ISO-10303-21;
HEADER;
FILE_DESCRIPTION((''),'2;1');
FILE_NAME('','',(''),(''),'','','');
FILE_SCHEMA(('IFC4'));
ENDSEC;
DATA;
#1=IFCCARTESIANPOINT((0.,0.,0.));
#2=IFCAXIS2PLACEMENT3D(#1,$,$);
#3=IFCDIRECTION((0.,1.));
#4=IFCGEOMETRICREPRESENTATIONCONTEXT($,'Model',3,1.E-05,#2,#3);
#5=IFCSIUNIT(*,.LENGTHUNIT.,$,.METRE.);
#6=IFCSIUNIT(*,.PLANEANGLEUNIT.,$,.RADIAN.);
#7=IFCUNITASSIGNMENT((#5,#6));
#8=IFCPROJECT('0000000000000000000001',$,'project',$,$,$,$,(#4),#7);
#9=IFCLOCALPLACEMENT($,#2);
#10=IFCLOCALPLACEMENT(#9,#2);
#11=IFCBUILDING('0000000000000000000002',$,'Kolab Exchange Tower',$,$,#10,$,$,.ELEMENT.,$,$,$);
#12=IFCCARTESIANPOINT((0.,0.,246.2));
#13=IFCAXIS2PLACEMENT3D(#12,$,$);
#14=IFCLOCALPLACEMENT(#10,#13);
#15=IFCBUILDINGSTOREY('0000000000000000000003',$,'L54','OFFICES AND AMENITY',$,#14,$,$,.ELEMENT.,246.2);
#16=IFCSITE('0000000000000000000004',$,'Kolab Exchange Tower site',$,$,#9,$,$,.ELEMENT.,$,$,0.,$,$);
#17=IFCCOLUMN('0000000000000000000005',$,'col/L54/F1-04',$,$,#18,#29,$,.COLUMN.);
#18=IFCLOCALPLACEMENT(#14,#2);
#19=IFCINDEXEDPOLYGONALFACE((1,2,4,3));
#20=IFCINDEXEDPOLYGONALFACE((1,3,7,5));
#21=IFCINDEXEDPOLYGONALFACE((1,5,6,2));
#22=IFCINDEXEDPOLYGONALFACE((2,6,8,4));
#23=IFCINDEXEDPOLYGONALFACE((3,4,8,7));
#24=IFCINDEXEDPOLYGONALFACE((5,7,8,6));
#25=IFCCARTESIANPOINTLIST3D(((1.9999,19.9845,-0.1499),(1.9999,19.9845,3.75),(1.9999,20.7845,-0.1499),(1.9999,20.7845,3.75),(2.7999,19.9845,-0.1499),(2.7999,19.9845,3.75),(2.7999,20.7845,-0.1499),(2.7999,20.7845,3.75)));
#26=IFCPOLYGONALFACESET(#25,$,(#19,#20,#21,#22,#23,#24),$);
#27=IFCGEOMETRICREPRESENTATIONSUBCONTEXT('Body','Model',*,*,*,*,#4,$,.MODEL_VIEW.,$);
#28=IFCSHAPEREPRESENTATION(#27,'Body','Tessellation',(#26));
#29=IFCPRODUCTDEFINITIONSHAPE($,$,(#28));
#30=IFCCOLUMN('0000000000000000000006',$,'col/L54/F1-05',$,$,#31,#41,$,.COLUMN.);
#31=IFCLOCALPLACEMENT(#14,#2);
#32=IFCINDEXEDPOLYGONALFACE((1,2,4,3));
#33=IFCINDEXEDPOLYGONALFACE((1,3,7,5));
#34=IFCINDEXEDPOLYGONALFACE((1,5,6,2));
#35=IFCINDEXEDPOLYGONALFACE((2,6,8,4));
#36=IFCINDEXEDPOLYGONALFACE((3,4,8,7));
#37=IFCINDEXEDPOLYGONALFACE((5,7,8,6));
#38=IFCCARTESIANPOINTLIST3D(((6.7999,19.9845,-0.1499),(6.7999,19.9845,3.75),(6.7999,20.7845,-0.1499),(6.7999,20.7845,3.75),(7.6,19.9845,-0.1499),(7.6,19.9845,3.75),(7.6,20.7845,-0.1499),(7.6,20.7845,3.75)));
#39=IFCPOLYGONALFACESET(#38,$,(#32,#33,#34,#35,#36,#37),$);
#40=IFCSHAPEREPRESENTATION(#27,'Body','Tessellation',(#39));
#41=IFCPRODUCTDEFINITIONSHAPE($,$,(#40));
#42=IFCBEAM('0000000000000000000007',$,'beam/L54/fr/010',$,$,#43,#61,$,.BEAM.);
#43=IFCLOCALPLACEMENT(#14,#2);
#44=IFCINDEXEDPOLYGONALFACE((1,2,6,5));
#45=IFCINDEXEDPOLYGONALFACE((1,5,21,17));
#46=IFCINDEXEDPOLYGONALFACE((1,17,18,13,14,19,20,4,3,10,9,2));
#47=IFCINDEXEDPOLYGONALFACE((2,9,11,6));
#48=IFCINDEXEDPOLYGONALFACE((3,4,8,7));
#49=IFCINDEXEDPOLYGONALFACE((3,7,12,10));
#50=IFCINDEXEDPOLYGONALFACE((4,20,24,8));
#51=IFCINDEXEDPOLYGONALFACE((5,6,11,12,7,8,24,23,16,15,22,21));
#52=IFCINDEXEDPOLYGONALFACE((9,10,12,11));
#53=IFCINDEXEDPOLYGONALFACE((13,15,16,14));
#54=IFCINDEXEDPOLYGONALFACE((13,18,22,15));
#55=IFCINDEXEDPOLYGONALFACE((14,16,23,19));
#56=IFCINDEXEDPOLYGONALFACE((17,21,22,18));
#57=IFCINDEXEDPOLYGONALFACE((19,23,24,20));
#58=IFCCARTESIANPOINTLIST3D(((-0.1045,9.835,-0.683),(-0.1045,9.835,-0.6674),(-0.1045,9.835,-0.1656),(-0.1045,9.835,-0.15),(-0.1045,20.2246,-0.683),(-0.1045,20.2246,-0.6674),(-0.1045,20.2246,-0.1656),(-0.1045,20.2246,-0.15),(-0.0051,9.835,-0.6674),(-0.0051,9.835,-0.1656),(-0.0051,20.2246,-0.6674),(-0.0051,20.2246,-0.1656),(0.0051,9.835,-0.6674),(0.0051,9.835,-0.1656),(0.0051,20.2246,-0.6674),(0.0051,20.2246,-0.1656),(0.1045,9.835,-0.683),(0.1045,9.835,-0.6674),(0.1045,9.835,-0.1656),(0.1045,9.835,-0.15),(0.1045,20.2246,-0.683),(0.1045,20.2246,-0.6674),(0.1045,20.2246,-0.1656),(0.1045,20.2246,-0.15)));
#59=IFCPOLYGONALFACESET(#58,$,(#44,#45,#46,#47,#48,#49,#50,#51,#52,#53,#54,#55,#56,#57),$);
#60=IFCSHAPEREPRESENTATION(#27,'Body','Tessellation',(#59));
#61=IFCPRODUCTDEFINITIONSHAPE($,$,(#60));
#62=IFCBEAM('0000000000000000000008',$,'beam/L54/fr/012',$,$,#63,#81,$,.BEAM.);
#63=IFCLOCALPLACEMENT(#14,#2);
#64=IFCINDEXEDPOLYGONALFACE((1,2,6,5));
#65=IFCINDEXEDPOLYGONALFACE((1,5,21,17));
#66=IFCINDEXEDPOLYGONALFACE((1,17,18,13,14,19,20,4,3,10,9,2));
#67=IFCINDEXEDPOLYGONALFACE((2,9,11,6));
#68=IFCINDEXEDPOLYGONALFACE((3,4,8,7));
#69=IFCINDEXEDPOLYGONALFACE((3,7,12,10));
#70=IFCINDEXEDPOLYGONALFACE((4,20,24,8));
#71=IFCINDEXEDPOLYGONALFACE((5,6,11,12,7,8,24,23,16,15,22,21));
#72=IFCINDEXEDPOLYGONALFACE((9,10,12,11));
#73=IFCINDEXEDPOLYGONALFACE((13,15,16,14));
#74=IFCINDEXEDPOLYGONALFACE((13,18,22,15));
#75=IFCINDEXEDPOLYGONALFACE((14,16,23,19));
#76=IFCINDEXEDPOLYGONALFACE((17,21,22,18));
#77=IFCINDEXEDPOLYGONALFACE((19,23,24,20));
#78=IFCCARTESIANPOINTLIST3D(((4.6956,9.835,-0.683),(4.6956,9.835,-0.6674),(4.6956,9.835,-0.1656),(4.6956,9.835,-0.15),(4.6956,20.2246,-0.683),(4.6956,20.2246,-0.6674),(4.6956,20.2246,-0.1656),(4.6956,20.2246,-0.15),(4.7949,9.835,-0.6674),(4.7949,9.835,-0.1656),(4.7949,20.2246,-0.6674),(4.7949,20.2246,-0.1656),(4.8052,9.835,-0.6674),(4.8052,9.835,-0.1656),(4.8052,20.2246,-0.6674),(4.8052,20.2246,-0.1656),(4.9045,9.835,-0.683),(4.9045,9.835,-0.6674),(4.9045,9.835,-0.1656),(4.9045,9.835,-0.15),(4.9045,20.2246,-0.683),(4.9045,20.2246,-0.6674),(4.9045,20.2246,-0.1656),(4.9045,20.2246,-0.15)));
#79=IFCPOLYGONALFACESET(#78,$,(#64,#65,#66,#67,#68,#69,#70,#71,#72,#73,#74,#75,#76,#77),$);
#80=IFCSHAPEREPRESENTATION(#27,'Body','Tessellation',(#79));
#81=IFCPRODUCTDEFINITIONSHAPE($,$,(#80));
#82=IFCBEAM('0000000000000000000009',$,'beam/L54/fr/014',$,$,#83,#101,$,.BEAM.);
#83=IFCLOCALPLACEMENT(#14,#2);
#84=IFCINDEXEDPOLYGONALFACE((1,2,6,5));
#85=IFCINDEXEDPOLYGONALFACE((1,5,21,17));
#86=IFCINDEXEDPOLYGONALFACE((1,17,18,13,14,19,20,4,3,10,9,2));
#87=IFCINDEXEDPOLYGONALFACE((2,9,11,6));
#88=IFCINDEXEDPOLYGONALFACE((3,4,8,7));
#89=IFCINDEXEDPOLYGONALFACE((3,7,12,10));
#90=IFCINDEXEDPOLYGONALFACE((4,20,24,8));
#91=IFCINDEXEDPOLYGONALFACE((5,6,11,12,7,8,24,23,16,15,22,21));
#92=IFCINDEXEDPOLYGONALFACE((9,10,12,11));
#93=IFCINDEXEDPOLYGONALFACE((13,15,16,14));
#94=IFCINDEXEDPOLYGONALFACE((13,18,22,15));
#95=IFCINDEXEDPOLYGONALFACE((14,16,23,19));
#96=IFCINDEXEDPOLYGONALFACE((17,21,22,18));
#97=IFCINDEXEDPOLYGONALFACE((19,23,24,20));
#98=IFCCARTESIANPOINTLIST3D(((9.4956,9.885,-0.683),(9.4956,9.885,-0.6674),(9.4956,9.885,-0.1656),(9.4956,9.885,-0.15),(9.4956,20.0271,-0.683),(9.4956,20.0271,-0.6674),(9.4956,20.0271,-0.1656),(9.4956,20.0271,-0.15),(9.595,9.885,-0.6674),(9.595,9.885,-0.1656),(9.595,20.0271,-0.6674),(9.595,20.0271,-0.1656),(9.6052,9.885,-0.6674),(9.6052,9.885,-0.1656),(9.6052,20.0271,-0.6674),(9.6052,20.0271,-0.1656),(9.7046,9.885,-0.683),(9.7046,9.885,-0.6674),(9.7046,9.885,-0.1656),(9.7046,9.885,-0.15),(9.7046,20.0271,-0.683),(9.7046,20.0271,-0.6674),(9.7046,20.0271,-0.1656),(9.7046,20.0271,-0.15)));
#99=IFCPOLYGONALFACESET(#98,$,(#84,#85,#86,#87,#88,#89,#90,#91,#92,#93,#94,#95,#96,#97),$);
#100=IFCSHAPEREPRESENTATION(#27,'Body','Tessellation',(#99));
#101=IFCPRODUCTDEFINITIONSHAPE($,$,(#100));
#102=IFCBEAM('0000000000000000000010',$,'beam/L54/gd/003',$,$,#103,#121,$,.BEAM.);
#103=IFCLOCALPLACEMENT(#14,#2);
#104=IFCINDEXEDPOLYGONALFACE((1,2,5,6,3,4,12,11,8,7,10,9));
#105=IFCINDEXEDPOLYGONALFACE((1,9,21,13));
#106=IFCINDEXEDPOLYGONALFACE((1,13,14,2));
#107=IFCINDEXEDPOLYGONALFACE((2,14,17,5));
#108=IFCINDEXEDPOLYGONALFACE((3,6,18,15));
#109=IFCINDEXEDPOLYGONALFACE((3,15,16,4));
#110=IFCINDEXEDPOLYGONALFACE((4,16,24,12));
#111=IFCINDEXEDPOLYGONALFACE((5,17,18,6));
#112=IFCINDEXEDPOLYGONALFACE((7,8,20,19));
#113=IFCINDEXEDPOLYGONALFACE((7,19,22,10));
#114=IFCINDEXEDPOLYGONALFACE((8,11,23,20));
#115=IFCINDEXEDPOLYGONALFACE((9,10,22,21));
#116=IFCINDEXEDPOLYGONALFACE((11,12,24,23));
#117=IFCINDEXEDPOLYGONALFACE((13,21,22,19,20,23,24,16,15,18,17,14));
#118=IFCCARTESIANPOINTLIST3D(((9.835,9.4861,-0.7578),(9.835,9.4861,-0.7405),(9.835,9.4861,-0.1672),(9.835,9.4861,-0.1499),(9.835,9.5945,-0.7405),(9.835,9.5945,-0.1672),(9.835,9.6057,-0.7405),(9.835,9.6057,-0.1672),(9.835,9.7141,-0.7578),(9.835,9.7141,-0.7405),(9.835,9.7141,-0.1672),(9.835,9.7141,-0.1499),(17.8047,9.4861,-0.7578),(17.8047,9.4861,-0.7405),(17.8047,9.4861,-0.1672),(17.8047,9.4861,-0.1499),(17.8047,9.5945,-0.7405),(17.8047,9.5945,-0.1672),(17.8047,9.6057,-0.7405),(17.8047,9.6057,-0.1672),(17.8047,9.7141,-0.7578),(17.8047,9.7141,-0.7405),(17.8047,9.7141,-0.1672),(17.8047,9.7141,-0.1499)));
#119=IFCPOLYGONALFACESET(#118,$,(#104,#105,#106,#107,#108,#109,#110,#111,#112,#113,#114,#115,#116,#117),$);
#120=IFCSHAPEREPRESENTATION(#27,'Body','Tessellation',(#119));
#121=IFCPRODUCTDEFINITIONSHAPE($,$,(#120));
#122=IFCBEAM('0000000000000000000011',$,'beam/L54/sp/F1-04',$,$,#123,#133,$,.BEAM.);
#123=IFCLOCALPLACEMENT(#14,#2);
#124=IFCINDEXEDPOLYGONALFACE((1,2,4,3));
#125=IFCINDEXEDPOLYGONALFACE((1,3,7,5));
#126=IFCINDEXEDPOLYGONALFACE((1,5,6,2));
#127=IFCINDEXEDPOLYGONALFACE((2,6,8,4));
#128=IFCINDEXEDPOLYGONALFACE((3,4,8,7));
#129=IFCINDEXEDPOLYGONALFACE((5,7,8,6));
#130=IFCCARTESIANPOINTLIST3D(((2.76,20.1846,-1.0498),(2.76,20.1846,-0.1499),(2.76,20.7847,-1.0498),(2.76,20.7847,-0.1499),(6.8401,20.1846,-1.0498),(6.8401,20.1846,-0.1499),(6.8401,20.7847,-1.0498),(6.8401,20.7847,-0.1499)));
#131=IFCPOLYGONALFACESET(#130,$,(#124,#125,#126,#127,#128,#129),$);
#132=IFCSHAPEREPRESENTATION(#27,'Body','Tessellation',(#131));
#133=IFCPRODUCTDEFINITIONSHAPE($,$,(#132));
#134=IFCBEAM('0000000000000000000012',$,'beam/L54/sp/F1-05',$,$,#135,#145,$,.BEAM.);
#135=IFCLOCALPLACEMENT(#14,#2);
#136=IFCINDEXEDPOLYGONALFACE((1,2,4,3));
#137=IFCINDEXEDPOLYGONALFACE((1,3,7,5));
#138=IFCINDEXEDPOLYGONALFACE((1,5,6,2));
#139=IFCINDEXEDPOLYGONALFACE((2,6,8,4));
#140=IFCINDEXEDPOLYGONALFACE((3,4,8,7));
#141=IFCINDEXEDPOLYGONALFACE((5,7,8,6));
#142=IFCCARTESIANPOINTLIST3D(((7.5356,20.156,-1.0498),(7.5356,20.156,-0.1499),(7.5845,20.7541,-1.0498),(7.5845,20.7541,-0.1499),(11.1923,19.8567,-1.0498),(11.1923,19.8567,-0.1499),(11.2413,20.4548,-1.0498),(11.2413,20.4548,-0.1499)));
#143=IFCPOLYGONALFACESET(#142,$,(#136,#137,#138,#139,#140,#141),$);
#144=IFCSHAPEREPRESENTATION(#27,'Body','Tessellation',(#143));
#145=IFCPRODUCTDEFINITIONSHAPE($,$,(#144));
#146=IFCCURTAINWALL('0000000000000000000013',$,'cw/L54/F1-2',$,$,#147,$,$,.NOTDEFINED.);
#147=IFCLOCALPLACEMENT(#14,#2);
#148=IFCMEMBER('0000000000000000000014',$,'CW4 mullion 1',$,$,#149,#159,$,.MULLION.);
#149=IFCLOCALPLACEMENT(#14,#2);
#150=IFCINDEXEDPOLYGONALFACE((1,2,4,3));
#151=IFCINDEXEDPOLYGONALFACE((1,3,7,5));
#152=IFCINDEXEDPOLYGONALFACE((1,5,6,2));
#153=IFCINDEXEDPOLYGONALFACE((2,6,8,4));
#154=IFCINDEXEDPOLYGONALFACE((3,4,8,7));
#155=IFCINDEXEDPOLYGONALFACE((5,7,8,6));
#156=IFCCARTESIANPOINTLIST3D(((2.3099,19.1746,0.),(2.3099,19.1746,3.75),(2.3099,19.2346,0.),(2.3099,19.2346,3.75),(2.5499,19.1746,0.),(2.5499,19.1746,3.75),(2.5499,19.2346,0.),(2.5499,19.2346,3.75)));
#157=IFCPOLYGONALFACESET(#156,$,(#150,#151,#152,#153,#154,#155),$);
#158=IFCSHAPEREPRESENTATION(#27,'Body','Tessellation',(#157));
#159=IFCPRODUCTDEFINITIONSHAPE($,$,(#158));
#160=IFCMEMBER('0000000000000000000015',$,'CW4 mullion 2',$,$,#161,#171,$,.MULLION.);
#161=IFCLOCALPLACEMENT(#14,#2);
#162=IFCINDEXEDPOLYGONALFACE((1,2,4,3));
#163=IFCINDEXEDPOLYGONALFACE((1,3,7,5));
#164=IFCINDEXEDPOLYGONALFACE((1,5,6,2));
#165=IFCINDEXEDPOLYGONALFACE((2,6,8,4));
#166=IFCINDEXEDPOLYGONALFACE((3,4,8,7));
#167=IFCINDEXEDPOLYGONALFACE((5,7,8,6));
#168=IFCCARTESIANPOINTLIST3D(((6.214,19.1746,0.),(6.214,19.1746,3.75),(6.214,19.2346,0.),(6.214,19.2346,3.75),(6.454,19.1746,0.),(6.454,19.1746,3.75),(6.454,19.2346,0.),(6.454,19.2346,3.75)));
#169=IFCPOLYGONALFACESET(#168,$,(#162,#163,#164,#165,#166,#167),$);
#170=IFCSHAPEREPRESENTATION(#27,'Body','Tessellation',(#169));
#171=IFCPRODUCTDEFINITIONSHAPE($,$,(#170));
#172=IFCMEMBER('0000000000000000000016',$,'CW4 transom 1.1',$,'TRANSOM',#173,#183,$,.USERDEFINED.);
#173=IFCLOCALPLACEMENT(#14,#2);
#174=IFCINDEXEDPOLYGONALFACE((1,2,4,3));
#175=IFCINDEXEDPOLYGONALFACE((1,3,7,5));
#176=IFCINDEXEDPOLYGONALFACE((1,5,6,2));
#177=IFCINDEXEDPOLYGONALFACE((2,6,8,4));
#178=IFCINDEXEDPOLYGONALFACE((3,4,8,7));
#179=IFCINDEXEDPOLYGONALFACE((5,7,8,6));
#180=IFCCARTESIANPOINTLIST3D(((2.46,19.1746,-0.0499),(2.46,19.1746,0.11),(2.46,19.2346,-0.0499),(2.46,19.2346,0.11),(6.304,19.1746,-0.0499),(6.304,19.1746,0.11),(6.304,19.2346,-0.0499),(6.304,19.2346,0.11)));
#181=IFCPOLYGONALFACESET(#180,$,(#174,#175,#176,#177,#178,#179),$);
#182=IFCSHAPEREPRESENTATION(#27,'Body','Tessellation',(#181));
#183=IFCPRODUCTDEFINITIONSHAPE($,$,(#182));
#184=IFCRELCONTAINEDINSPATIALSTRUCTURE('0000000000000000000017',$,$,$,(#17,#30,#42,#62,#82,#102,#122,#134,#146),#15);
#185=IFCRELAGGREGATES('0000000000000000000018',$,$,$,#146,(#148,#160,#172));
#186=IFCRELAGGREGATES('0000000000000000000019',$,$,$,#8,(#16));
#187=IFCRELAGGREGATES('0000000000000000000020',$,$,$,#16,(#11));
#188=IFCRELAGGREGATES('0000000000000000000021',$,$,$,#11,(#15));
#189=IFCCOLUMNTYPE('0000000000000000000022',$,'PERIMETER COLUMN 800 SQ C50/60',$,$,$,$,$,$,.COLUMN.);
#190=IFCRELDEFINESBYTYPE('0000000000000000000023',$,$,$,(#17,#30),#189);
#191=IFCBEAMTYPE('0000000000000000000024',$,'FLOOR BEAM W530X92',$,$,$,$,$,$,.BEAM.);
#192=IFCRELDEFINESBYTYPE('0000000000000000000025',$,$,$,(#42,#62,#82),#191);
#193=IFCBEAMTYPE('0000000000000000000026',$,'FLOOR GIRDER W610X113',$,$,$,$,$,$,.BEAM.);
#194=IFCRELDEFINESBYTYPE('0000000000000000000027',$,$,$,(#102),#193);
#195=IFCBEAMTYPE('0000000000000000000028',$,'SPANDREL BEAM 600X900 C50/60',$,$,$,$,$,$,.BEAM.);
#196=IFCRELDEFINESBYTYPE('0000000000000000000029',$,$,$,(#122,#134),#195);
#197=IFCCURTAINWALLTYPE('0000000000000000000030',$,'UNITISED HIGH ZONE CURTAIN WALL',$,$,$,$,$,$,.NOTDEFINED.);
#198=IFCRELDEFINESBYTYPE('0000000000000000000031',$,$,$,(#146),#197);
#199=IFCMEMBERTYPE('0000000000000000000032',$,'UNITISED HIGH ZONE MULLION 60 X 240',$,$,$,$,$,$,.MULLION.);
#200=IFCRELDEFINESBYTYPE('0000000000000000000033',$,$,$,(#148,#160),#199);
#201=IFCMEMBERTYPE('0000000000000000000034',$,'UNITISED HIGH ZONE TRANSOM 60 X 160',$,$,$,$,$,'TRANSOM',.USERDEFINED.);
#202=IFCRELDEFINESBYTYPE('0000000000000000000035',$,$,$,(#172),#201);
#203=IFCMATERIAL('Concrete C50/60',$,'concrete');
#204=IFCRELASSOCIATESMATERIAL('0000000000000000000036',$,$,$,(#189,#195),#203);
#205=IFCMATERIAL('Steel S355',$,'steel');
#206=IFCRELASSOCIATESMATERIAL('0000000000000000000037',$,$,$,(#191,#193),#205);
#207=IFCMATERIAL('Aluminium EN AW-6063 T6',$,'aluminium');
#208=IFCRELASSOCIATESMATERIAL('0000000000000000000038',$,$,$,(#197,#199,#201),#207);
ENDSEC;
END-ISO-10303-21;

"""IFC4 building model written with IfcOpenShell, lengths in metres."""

from ifc_helpers import new_model, si_unit, direction, frame, origin, origin_2d, place, context, subcontext, project, spatial, rectangle, i_section, extrude, material, material_profile, profile_set, type_object, element, aggregate, save


model = new_model("IFC4")

# Units and contexts
model_context = context("Model", 3, precision=1e-05, world=origin(), true_north=direction((0.0, 1.0)))
body_context = subcontext(model_context, "Body", "Model", "MODEL_VIEW")
ifc_project = project(units=[si_unit("LENGTHUNIT", "METRE"), si_unit("PLANEANGLEUNIT", "RADIAN")], contexts=[model_context])

# Site, building, storey
site_placement = place(None, origin())
site = spatial("IfcSite", under=ifc_project, at=site_placement, Name="Kolab Exchange Tower site", CompositionType="ELEMENT", RefElevation=0.0)
building_placement = place(site_placement, origin())
building = spatial("IfcBuilding", under=site, at=building_placement, Name="Kolab Exchange Tower", CompositionType="ELEMENT")
storey_placement = place(building_placement, frame((0.0, 0.0, 246.2)))
storey = spatial("IfcBuildingStorey", under=building, at=storey_placement, Name="L54", Description="OFFICES AND AMENITY", CompositionType="ELEMENT", Elevation=246.2)

# Columns
ifc_material_1 = material(Name="Concrete C50/60", Category="concrete")
ifc_material_profile_1 = material_profile(ifc_material_1, rectangle(XDim=0.8, YDim=0.8, at=origin_2d()), Name="RC800")
ifc_profile_set_1 = profile_set([ifc_material_profile_1], Name="Concrete C50/60")
column_type = type_object("IfcColumnType", Name="PERIMETER COLUMN 800 SQ C50/60", PredefinedType="COLUMN", material=ifc_profile_set_1)
for number, where, z_axis, x_axis, name in (
    (1, (2.3999, 20.3845, -0.1499), (0.0, 0.0, 1.0), (1.0, 0.0, 0.0), "col/L54/F1-04"),
    (2, (7.2, 20.3845, -0.1499), (0.0, 0.0, 1.0), (1.0, 0.0, 0.0), "col/L54/F1-05"),
):
    element("IfcColumn", number, at=place(storey_placement, frame(where, z_axis=z_axis, x_axis=x_axis)), inside=storey, type_object=column_type, Name=name, PredefinedType="COLUMN", context=body_context, shape_type="SweptSolid", body=[
        extrude(rectangle(XDim=0.8, YDim=0.8, at=origin_2d()), origin(), (0.0, 0.0, 1.0), 3.8999),
    ])

# Beams
ifc_material_2 = material(Name="Steel S355", Category="steel")
ifc_material_profile_2 = material_profile(ifc_material_2, i_section(OverallWidth=0.209, OverallDepth=0.533, WebThickness=0.0103, FlangeThickness=0.0156, at=origin_2d()), Name="W530X92")
ifc_profile_set_2 = profile_set([ifc_material_profile_2], Name="Steel S355")
beam_type_1 = type_object("IfcBeamType", Name="FLOOR BEAM W530X92", PredefinedType="BEAM", material=ifc_profile_set_2)
for number, where, z_axis, x_axis, name in (
    (3, (0.0, 9.835, -0.4165), (0.0, 1.0, 0.0), (-1.0, 0.0, 0.0), "beam/L54/fr/010"),
    (4, (4.8, 9.835, -0.4165), (0.0, 1.0, 0.0), (-1.0, 0.0, 0.0), "beam/L54/fr/012"),
):
    element("IfcBeam", number, at=place(storey_placement, frame(where, z_axis=z_axis, x_axis=x_axis)), inside=storey, type_object=beam_type_1, Name=name, PredefinedType="BEAM", context=body_context, shape_type="SweptSolid", body=[
        extrude(i_section(OverallWidth=0.209, OverallDepth=0.533, WebThickness=0.0103, FlangeThickness=0.0156, at=origin_2d()), origin(), (0.0, 0.0, 1.0), 10.3896),
    ])
beam_1_placement = place(storey_placement, frame((9.6001, 9.885, -0.4165), z_axis=(0.0, 1.0, 0.0), x_axis=(-1.0, 0.0, 0.0)))
element("IfcBeam", 5, at=beam_1_placement, inside=storey, type_object=beam_type_1, Name="beam/L54/fr/014", PredefinedType="BEAM", context=body_context, shape_type="SweptSolid", body=[
    extrude(i_section(OverallWidth=0.209, OverallDepth=0.533, WebThickness=0.0103, FlangeThickness=0.0156, at=origin_2d()), origin(), (0.0, 0.0, 1.0), 10.1421),
])
ifc_material_profile_3 = material_profile(ifc_material_2, i_section(OverallWidth=0.228, OverallDepth=0.6079, WebThickness=0.0112, FlangeThickness=0.0173, at=origin_2d()), Name="W610X113")
ifc_profile_set_3 = profile_set([ifc_material_profile_3], Name="Steel S355")
beam_type_2 = type_object("IfcBeamType", Name="FLOOR GIRDER W610X113", PredefinedType="BEAM", material=ifc_profile_set_3)
beam_2_placement = place(storey_placement, frame((9.835, 9.6001, -0.4539), z_axis=(1.0, 0.0, 0.0), x_axis=(0.0, 1.0, 0.0)))
element("IfcBeam", 6, at=beam_2_placement, inside=storey, type_object=beam_type_2, Name="beam/L54/gd/003", PredefinedType="BEAM", context=body_context, shape_type="SweptSolid", body=[
    extrude(i_section(OverallWidth=0.228, OverallDepth=0.6079, WebThickness=0.0112, FlangeThickness=0.0173, at=origin_2d()), origin(), (0.0, 0.0, 1.0), 7.9697),
])
ifc_material_profile_4 = material_profile(ifc_material_1, rectangle(XDim=0.6001, YDim=0.8999, at=origin_2d()), Name="RC600X900")
ifc_profile_set_4 = profile_set([ifc_material_profile_4], Name="Concrete C50/60")
beam_type_3 = type_object("IfcBeamType", Name="SPANDREL BEAM 600X900 C50/60", PredefinedType="BEAM", material=ifc_profile_set_4)
beam_3_placement = place(storey_placement, frame((2.76, 20.4846, -0.5999), z_axis=(1.0, 0.0, 0.0), x_axis=(0.0, 1.0, 0.0)))
element("IfcBeam", 7, at=beam_3_placement, inside=storey, type_object=beam_type_3, Name="beam/L54/sp/F1-04", PredefinedType="BEAM", context=body_context, shape_type="SweptSolid", body=[
    extrude(rectangle(XDim=0.6001, YDim=0.8999, at=origin_2d()), origin(), (0.0, 0.0, 1.0), 4.0801),
])
beam_4_placement = place(storey_placement, frame((7.5601, 20.4551, -0.5999), z_axis=(0.996667, -0.081581, 0.0), x_axis=(0.081581, 0.996667, 0.0)))
element("IfcBeam", 8, at=beam_4_placement, inside=storey, type_object=beam_type_3, Name="beam/L54/sp/F1-05", PredefinedType="BEAM", context=body_context, shape_type="SweptSolid", body=[
    extrude(rectangle(XDim=0.6001, YDim=0.8999, at=origin_2d()), origin(), (0.0, 0.0, 1.0), 3.6689),
])

# Curtain wall, members
ifc_material_3 = material(Name="Aluminium EN AW-6063 T6", Category="aluminium")
curtain_wall_type = type_object("IfcCurtainWallType", Name="UNITISED HIGH ZONE CURTAIN WALL", PredefinedType="NOTDEFINED", material=ifc_material_3)
curtain_wall_placement = place(storey_placement, origin())
curtain_wall = element("IfcCurtainWall", 9, at=curtain_wall_placement, inside=storey, type_object=curtain_wall_type, Name="cw/L54/F1-2", PredefinedType="NOTDEFINED")
ifc_material_profile_5 = material_profile(ifc_material_3, rectangle(XDim=0.0601, YDim=0.24, at=origin_2d()), Name="RECT 60X240")
ifc_profile_set_5 = profile_set([ifc_material_profile_5], Name="Aluminium EN AW-6063 T6")
member_type_1 = type_object("IfcMemberType", Name="UNITISED HIGH ZONE MULLION 60 X 240", PredefinedType="MULLION", material=ifc_profile_set_5)
member_1_placement = place(storey_placement, frame((2.4299, 19.2046, 0.0), z_axis=(0.0, 0.0, 1.0), x_axis=(0.0, 1.0, 0.0)))
member_1 = element("IfcMember", 10, at=member_1_placement, type_object=member_type_1, Name="CW4 mullion 1", PredefinedType="MULLION", context=body_context, shape_type="SweptSolid", body=[
    extrude(rectangle(XDim=0.0601, YDim=0.24, at=origin_2d()), origin(), (0.0, 0.0, 1.0), 3.75),
])
member_2_placement = place(storey_placement, frame((6.334, 19.2046, 0.0), z_axis=(0.0, 0.0, 1.0), x_axis=(0.0, 1.0, 0.0)))
member_2 = element("IfcMember", 11, at=member_2_placement, type_object=member_type_1, Name="CW4 mullion 2", PredefinedType="MULLION", context=body_context, shape_type="SweptSolid", body=[
    extrude(rectangle(XDim=0.0601, YDim=0.24, at=origin_2d()), origin(), (0.0, 0.0, 1.0), 3.75),
])
ifc_material_profile_6 = material_profile(ifc_material_3, rectangle(XDim=0.0601, YDim=0.1599, at=origin_2d()), Name="RECT 60X160")
ifc_profile_set_6 = profile_set([ifc_material_profile_6], Name="Aluminium EN AW-6063 T6")
member_type_2 = type_object("IfcMemberType", Name="UNITISED HIGH ZONE TRANSOM 60 X 160", ElementType="TRANSOM", PredefinedType="USERDEFINED", material=ifc_profile_set_6)
member_3_placement = place(storey_placement, frame((2.46, 19.2046, 0.03), z_axis=(1.0, 0.0, 0.0), x_axis=(0.0, 1.0, 0.0)))
member_3 = element("IfcMember", 12, at=member_3_placement, type_object=member_type_2, Name="CW4 transom 1.1", ObjectType="TRANSOM", PredefinedType="USERDEFINED", context=body_context, shape_type="SweptSolid", body=[
    extrude(rectangle(XDim=0.0601, YDim=0.1599, at=origin_2d()), origin(), (0.0, 0.0, 1.0), 3.844),
])
aggregate(curtain_wall, [member_1, member_2, member_3])

save(model, "model.ifc")
